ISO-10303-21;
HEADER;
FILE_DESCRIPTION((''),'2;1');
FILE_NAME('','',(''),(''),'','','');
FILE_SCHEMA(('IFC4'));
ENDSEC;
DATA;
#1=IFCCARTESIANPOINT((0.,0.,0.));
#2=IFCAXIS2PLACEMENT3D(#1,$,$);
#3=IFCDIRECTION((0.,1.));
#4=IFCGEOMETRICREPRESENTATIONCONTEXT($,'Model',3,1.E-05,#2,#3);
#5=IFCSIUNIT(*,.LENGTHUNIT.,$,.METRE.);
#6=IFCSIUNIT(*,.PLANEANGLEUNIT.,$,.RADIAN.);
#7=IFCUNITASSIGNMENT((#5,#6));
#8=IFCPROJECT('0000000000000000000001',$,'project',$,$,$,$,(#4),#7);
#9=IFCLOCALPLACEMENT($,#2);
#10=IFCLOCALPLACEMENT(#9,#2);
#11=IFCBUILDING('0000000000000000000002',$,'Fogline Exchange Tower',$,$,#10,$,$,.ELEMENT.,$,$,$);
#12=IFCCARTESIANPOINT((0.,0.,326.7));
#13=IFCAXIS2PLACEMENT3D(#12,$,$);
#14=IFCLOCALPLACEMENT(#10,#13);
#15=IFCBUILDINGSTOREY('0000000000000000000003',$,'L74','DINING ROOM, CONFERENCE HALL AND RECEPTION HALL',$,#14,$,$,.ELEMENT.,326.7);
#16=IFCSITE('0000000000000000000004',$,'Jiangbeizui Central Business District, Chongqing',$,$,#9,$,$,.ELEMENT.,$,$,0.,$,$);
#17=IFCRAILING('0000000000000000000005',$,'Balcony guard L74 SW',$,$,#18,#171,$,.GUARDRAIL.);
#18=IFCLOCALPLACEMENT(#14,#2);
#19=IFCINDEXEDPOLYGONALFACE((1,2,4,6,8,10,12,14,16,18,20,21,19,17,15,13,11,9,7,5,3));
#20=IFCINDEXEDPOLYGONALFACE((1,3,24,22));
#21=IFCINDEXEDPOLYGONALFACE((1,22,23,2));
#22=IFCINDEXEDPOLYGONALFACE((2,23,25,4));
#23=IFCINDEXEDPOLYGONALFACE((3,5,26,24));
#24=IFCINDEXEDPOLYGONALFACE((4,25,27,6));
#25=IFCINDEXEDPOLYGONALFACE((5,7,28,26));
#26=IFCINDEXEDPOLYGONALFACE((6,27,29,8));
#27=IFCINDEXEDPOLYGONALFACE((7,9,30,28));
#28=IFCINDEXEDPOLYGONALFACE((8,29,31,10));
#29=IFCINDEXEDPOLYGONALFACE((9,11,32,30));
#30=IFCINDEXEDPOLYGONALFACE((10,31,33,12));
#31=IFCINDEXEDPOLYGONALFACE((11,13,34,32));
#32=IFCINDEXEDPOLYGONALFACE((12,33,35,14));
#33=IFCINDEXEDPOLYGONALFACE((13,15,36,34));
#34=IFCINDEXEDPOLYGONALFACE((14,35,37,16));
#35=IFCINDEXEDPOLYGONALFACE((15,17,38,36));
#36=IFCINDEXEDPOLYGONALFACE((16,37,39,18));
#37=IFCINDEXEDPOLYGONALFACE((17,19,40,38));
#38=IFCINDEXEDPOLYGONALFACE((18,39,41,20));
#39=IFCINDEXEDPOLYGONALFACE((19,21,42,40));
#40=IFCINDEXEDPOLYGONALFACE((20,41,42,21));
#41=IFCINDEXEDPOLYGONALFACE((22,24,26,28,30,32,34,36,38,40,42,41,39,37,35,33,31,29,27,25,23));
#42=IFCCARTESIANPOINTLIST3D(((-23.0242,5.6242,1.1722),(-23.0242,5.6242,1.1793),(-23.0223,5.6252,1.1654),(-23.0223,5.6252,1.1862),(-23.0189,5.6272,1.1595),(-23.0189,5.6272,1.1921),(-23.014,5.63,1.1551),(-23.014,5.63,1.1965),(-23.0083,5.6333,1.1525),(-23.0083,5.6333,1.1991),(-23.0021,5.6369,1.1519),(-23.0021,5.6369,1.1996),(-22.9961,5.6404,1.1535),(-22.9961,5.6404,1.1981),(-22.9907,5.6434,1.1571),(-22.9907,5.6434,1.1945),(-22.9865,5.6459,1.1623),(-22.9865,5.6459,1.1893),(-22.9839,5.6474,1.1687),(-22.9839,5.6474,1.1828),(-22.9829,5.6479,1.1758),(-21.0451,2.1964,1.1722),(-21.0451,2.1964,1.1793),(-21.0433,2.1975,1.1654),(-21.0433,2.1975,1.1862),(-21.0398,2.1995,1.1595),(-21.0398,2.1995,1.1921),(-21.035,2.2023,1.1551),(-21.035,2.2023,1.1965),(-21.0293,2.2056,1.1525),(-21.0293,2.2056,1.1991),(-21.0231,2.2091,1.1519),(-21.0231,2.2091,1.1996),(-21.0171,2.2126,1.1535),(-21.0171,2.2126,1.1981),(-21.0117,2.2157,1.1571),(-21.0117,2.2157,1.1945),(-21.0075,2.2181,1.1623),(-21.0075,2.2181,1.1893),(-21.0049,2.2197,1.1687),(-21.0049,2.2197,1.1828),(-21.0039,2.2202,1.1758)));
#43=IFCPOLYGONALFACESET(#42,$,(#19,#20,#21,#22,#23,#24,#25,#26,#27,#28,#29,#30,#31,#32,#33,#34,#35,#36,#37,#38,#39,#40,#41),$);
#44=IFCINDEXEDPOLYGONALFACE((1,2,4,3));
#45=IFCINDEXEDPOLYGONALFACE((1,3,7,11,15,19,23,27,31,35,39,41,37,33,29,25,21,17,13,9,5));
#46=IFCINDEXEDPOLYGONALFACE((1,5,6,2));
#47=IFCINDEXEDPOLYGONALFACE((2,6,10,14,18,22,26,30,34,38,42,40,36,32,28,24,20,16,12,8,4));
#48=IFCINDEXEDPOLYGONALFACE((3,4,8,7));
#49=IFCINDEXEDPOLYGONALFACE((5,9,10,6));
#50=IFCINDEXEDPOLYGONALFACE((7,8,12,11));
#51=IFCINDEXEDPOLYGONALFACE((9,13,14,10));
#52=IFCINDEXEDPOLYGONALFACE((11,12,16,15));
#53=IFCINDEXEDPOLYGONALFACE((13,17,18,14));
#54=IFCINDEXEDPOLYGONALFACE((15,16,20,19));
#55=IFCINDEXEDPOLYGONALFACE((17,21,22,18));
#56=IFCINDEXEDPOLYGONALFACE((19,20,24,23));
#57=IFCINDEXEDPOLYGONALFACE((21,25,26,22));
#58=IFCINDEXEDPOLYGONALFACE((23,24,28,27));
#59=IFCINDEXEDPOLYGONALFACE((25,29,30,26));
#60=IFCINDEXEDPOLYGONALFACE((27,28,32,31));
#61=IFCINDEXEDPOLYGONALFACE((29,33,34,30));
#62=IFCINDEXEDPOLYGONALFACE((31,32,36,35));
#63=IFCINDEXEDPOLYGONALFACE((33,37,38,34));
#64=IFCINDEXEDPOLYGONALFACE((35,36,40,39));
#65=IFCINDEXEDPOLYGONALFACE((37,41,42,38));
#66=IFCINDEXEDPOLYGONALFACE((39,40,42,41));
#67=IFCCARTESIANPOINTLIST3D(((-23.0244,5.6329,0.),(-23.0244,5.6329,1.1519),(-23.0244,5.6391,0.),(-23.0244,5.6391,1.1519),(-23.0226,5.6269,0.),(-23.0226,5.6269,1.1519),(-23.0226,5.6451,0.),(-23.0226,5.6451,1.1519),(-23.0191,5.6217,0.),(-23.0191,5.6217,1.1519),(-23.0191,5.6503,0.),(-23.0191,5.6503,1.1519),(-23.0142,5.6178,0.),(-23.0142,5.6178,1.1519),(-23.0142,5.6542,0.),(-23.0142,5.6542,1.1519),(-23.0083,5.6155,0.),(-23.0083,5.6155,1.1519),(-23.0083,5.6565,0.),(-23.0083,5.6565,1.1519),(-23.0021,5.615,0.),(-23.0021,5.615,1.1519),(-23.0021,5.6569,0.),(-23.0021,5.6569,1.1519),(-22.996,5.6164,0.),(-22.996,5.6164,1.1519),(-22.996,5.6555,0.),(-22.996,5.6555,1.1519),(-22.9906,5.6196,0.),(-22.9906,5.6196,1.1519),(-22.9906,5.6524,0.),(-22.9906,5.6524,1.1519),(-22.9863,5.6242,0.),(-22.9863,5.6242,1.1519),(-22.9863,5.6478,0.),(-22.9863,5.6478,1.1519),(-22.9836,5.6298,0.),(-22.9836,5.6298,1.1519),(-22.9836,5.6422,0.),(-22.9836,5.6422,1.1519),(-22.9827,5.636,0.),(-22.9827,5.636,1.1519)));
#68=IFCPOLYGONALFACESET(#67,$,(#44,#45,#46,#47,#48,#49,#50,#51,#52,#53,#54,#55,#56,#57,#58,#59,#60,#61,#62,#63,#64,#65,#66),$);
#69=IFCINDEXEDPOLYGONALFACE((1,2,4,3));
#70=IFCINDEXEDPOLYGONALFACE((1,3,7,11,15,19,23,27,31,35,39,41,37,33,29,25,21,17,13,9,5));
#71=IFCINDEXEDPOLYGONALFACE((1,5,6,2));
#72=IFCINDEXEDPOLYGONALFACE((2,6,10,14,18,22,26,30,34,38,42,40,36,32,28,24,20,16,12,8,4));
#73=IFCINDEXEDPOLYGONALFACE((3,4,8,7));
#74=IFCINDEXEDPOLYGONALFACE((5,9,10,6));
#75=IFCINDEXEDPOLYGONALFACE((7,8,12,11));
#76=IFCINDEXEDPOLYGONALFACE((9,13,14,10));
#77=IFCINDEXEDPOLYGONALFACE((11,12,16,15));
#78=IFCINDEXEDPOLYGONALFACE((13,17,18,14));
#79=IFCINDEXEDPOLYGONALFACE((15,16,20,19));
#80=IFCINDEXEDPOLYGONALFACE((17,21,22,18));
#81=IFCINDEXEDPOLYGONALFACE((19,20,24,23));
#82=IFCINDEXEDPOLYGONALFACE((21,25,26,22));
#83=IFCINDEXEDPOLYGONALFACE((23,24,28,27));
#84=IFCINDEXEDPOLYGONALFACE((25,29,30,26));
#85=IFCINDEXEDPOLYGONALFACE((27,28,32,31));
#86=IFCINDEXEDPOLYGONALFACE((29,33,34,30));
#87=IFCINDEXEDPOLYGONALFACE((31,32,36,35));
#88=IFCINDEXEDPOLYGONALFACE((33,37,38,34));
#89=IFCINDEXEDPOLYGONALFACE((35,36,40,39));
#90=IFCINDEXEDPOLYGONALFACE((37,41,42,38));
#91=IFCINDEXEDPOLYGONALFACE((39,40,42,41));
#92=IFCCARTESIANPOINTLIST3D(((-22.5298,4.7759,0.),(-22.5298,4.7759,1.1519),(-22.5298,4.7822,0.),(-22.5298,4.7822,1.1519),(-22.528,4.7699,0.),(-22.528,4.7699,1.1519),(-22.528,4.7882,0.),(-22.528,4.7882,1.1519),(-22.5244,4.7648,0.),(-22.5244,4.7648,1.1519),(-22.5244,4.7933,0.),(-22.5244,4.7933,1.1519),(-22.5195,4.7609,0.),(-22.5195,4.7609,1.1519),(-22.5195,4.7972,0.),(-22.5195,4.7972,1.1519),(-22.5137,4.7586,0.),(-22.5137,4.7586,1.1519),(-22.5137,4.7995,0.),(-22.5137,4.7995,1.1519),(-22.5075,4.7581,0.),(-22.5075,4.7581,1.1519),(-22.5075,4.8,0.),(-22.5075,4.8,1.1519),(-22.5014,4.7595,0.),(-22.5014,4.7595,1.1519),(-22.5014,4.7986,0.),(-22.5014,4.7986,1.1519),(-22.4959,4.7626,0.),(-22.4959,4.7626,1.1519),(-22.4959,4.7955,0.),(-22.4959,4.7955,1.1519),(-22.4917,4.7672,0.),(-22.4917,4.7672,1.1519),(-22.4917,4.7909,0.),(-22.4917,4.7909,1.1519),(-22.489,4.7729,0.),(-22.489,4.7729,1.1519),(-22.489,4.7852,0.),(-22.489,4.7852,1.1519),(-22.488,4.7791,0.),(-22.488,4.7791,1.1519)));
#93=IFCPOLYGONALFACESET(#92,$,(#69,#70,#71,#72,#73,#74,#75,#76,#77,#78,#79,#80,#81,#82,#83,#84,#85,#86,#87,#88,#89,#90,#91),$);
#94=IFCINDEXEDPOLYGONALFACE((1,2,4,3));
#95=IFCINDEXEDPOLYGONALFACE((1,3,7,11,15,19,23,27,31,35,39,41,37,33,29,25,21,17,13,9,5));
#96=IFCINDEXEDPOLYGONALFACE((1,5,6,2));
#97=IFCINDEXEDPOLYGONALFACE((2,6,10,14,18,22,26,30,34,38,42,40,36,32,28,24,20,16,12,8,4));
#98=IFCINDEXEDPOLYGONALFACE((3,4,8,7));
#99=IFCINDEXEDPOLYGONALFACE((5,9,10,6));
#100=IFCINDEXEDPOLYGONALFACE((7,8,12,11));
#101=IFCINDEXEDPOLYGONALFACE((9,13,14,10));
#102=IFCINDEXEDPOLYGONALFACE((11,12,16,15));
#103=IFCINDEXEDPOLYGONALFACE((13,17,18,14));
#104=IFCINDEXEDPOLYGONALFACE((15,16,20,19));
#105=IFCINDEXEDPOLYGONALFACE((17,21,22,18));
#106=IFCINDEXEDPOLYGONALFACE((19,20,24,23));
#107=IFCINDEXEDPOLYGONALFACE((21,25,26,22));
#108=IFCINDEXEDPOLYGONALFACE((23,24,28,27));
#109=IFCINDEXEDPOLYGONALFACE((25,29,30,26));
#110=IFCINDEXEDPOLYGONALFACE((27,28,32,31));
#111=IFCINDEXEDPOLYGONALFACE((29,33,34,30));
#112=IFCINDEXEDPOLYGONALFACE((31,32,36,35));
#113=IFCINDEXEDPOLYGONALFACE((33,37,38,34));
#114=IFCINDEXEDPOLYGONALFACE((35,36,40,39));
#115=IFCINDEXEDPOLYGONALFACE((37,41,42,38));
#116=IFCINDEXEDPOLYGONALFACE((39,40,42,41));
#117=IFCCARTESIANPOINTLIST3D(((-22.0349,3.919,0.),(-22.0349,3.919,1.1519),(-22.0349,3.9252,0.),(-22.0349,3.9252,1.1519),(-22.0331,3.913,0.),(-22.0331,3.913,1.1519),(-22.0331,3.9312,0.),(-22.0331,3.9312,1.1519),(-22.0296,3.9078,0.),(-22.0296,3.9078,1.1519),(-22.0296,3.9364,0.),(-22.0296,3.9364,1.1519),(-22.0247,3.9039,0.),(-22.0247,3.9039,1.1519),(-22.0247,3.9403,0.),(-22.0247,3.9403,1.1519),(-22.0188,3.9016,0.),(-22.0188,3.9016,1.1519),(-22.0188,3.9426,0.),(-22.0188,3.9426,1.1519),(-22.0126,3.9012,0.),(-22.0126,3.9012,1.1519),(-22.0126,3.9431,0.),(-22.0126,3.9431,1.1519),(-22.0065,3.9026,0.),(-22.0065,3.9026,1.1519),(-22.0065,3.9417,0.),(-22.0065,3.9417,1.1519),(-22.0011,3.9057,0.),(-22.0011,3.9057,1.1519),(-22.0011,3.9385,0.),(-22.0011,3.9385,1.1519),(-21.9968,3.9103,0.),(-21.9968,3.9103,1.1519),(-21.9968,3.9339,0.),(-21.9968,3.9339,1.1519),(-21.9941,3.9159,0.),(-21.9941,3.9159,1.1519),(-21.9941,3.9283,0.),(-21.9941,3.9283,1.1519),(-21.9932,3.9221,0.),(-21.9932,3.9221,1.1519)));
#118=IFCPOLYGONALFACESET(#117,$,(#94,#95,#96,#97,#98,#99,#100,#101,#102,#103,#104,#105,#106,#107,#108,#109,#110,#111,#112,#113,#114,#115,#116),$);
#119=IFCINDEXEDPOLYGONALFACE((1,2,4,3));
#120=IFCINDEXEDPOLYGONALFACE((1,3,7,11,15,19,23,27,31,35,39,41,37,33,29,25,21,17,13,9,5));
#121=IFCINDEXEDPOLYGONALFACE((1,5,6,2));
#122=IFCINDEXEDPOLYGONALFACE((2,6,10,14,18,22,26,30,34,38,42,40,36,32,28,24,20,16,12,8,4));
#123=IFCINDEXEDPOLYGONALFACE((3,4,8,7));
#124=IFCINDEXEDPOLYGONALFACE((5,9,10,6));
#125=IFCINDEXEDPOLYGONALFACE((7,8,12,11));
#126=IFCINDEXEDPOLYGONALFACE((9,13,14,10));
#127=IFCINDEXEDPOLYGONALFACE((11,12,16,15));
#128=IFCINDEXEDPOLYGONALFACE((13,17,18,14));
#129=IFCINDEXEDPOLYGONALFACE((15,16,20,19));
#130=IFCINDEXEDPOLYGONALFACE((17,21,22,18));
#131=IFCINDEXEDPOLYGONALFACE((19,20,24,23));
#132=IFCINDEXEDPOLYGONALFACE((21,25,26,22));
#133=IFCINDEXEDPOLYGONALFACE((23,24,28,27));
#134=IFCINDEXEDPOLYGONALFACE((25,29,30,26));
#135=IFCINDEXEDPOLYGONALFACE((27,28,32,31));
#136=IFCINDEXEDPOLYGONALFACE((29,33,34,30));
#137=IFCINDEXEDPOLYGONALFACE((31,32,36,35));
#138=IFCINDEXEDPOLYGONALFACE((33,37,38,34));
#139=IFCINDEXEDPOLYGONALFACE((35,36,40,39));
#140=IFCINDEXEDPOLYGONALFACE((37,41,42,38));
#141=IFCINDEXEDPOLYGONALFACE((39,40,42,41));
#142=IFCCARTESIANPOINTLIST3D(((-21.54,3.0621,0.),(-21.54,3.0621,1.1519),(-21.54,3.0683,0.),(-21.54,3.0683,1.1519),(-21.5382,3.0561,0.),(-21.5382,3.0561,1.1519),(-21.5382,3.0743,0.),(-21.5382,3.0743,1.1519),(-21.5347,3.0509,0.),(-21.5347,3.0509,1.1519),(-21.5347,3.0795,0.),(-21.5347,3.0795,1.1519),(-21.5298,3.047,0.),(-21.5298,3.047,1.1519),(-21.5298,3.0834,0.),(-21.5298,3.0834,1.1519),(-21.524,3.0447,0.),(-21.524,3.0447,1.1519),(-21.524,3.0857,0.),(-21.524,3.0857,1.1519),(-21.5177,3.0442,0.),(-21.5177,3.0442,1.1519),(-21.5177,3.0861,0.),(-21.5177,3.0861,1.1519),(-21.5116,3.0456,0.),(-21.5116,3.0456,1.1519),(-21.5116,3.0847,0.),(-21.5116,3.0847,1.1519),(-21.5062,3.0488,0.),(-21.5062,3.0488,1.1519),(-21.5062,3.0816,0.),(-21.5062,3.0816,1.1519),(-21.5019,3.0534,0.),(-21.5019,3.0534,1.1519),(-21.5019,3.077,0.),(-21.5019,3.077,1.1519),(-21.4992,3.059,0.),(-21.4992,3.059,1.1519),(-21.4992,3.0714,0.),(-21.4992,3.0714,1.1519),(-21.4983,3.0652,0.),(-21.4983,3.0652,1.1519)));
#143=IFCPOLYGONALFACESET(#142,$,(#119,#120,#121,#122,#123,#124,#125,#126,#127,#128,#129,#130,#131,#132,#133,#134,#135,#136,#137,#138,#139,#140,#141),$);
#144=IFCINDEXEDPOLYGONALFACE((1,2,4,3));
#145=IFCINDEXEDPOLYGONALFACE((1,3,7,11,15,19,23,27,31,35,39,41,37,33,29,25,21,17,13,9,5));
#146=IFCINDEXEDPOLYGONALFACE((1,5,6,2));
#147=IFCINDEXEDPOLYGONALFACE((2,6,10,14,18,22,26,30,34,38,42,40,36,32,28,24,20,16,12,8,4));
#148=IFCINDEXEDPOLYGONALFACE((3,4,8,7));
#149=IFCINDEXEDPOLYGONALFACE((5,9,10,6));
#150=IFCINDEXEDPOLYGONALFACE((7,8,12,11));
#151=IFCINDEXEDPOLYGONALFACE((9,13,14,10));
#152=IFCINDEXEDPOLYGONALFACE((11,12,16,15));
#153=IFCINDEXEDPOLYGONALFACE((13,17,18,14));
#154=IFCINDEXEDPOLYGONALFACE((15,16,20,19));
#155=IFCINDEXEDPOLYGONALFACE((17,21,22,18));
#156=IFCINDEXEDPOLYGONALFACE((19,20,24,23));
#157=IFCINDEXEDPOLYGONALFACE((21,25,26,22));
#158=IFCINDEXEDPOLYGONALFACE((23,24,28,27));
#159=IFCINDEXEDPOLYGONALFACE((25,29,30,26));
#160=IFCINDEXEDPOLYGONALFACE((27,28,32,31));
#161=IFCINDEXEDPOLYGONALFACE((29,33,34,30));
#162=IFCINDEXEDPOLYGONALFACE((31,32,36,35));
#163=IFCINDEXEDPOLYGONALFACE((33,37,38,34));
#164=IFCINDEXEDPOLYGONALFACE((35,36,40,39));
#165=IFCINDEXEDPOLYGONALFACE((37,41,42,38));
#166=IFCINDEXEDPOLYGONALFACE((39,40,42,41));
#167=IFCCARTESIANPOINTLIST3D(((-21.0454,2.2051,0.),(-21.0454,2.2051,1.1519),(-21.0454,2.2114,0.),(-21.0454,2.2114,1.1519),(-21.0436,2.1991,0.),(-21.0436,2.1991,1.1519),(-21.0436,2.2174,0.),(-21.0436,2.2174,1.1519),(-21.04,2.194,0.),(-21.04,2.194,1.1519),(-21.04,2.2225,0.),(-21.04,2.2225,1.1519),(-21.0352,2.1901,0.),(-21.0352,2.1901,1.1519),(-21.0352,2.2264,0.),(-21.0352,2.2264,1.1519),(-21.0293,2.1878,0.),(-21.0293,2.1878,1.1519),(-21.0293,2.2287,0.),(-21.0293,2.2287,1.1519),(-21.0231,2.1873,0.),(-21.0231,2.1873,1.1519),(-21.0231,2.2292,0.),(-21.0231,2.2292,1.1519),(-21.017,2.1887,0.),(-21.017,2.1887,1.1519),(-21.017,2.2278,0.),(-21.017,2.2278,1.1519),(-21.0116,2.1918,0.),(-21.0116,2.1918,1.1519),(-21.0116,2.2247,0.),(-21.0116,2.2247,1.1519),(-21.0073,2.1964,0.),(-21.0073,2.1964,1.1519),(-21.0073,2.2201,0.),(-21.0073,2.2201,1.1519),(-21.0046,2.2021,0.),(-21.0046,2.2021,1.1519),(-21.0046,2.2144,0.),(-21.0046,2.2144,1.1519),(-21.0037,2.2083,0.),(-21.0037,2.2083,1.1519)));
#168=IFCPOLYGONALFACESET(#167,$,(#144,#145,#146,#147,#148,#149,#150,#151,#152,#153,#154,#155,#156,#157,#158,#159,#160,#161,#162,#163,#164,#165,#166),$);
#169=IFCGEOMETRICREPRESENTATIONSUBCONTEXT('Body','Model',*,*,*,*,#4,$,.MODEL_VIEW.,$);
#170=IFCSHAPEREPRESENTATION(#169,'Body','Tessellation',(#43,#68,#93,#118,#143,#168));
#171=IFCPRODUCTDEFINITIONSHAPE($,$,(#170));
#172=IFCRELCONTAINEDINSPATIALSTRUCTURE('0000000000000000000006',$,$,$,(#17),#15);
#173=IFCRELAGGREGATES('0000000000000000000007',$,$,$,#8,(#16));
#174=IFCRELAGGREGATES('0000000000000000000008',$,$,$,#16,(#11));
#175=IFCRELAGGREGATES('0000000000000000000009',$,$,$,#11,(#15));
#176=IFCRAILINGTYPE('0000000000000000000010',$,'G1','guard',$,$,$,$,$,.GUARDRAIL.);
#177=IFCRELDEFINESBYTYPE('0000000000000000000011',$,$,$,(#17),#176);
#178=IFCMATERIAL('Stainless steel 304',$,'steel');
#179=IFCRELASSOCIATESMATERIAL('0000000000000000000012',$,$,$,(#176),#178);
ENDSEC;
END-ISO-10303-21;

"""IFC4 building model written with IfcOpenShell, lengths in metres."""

from ifc_helpers import new_model, si_unit, direction, frame, origin, origin_2d, place, context, subcontext, project, spatial, circle, extrude, material, type_object, element, save


model = new_model("IFC4")

# Units and contexts
model_context = context("Model", 3, precision=1e-05, world=origin(), true_north=direction((0.0, 1.0)))
body_context = subcontext(model_context, "Body", "Model", "MODEL_VIEW")
ifc_project = project(units=[si_unit("LENGTHUNIT", "METRE"), si_unit("PLANEANGLEUNIT", "RADIAN")], contexts=[model_context])

# Site, building, storey
site_placement = place(None, origin())
site = spatial("IfcSite", under=ifc_project, at=site_placement, Name="Jiangbeizui Central Business District, Chongqing", CompositionType="ELEMENT", RefElevation=0.0)
building_placement = place(site_placement, origin())
building = spatial("IfcBuilding", under=site, at=building_placement, Name="Fogline Exchange Tower", CompositionType="ELEMENT")
storey_placement = place(building_placement, frame((0.0, 0.0, 326.7)))
storey = spatial("IfcBuildingStorey", under=building, at=storey_placement, Name="L74", Description="DINING ROOM, CONFERENCE HALL AND RECEPTION HALL", CompositionType="ELEMENT", Elevation=326.7)

# Railing
ifc_material_1 = material(Name="Stainless steel 304", Category="steel")
railing_type = type_object("IfcRailingType", Name="G1", Description="guard", PredefinedType="GUARDRAIL", material=ifc_material_1)
railing_placement = place(storey_placement, frame((-23.0037, 5.636, 0.0)))
element("IfcRailing", 1, at=railing_placement, inside=storey, type_object=railing_type, Name="Balcony guard L74 SW", PredefinedType="GUARDRAIL", context=body_context, shape_type="SweptSolid", body=[
    extrude(circle(Radius=0.0239, at=origin_2d()), frame((0.0, 0.0, 1.1758), z_axis=(0.5, -0.866025, 0.0), x_axis=(0.866025, 0.5, 0.0)), (0.0, 0.0, 1.0), 3.958),
    extrude(circle(Radius=0.021, at=origin_2d()), origin(), (0.0, 0.0, 1.0), 1.1519),
    extrude(circle(Radius=0.021, at=origin_2d()), frame((0.4946, -0.8569, 0.0)), (0.0, 0.0, 1.0), 1.1519),
    extrude(circle(Radius=0.021, at=origin_2d()), frame((0.9895, -1.7139, 0.0)), (0.0, 0.0, 1.0), 1.1519),
    extrude(circle(Radius=0.021, at=origin_2d()), frame((1.4844, -2.5708, 0.0)), (0.0, 0.0, 1.0), 1.1519),
    extrude(circle(Radius=0.021, at=origin_2d()), frame((1.979, -3.4277, 0.0)), (0.0, 0.0, 1.0), 1.1519),
])

save(model, "model.ifc")
